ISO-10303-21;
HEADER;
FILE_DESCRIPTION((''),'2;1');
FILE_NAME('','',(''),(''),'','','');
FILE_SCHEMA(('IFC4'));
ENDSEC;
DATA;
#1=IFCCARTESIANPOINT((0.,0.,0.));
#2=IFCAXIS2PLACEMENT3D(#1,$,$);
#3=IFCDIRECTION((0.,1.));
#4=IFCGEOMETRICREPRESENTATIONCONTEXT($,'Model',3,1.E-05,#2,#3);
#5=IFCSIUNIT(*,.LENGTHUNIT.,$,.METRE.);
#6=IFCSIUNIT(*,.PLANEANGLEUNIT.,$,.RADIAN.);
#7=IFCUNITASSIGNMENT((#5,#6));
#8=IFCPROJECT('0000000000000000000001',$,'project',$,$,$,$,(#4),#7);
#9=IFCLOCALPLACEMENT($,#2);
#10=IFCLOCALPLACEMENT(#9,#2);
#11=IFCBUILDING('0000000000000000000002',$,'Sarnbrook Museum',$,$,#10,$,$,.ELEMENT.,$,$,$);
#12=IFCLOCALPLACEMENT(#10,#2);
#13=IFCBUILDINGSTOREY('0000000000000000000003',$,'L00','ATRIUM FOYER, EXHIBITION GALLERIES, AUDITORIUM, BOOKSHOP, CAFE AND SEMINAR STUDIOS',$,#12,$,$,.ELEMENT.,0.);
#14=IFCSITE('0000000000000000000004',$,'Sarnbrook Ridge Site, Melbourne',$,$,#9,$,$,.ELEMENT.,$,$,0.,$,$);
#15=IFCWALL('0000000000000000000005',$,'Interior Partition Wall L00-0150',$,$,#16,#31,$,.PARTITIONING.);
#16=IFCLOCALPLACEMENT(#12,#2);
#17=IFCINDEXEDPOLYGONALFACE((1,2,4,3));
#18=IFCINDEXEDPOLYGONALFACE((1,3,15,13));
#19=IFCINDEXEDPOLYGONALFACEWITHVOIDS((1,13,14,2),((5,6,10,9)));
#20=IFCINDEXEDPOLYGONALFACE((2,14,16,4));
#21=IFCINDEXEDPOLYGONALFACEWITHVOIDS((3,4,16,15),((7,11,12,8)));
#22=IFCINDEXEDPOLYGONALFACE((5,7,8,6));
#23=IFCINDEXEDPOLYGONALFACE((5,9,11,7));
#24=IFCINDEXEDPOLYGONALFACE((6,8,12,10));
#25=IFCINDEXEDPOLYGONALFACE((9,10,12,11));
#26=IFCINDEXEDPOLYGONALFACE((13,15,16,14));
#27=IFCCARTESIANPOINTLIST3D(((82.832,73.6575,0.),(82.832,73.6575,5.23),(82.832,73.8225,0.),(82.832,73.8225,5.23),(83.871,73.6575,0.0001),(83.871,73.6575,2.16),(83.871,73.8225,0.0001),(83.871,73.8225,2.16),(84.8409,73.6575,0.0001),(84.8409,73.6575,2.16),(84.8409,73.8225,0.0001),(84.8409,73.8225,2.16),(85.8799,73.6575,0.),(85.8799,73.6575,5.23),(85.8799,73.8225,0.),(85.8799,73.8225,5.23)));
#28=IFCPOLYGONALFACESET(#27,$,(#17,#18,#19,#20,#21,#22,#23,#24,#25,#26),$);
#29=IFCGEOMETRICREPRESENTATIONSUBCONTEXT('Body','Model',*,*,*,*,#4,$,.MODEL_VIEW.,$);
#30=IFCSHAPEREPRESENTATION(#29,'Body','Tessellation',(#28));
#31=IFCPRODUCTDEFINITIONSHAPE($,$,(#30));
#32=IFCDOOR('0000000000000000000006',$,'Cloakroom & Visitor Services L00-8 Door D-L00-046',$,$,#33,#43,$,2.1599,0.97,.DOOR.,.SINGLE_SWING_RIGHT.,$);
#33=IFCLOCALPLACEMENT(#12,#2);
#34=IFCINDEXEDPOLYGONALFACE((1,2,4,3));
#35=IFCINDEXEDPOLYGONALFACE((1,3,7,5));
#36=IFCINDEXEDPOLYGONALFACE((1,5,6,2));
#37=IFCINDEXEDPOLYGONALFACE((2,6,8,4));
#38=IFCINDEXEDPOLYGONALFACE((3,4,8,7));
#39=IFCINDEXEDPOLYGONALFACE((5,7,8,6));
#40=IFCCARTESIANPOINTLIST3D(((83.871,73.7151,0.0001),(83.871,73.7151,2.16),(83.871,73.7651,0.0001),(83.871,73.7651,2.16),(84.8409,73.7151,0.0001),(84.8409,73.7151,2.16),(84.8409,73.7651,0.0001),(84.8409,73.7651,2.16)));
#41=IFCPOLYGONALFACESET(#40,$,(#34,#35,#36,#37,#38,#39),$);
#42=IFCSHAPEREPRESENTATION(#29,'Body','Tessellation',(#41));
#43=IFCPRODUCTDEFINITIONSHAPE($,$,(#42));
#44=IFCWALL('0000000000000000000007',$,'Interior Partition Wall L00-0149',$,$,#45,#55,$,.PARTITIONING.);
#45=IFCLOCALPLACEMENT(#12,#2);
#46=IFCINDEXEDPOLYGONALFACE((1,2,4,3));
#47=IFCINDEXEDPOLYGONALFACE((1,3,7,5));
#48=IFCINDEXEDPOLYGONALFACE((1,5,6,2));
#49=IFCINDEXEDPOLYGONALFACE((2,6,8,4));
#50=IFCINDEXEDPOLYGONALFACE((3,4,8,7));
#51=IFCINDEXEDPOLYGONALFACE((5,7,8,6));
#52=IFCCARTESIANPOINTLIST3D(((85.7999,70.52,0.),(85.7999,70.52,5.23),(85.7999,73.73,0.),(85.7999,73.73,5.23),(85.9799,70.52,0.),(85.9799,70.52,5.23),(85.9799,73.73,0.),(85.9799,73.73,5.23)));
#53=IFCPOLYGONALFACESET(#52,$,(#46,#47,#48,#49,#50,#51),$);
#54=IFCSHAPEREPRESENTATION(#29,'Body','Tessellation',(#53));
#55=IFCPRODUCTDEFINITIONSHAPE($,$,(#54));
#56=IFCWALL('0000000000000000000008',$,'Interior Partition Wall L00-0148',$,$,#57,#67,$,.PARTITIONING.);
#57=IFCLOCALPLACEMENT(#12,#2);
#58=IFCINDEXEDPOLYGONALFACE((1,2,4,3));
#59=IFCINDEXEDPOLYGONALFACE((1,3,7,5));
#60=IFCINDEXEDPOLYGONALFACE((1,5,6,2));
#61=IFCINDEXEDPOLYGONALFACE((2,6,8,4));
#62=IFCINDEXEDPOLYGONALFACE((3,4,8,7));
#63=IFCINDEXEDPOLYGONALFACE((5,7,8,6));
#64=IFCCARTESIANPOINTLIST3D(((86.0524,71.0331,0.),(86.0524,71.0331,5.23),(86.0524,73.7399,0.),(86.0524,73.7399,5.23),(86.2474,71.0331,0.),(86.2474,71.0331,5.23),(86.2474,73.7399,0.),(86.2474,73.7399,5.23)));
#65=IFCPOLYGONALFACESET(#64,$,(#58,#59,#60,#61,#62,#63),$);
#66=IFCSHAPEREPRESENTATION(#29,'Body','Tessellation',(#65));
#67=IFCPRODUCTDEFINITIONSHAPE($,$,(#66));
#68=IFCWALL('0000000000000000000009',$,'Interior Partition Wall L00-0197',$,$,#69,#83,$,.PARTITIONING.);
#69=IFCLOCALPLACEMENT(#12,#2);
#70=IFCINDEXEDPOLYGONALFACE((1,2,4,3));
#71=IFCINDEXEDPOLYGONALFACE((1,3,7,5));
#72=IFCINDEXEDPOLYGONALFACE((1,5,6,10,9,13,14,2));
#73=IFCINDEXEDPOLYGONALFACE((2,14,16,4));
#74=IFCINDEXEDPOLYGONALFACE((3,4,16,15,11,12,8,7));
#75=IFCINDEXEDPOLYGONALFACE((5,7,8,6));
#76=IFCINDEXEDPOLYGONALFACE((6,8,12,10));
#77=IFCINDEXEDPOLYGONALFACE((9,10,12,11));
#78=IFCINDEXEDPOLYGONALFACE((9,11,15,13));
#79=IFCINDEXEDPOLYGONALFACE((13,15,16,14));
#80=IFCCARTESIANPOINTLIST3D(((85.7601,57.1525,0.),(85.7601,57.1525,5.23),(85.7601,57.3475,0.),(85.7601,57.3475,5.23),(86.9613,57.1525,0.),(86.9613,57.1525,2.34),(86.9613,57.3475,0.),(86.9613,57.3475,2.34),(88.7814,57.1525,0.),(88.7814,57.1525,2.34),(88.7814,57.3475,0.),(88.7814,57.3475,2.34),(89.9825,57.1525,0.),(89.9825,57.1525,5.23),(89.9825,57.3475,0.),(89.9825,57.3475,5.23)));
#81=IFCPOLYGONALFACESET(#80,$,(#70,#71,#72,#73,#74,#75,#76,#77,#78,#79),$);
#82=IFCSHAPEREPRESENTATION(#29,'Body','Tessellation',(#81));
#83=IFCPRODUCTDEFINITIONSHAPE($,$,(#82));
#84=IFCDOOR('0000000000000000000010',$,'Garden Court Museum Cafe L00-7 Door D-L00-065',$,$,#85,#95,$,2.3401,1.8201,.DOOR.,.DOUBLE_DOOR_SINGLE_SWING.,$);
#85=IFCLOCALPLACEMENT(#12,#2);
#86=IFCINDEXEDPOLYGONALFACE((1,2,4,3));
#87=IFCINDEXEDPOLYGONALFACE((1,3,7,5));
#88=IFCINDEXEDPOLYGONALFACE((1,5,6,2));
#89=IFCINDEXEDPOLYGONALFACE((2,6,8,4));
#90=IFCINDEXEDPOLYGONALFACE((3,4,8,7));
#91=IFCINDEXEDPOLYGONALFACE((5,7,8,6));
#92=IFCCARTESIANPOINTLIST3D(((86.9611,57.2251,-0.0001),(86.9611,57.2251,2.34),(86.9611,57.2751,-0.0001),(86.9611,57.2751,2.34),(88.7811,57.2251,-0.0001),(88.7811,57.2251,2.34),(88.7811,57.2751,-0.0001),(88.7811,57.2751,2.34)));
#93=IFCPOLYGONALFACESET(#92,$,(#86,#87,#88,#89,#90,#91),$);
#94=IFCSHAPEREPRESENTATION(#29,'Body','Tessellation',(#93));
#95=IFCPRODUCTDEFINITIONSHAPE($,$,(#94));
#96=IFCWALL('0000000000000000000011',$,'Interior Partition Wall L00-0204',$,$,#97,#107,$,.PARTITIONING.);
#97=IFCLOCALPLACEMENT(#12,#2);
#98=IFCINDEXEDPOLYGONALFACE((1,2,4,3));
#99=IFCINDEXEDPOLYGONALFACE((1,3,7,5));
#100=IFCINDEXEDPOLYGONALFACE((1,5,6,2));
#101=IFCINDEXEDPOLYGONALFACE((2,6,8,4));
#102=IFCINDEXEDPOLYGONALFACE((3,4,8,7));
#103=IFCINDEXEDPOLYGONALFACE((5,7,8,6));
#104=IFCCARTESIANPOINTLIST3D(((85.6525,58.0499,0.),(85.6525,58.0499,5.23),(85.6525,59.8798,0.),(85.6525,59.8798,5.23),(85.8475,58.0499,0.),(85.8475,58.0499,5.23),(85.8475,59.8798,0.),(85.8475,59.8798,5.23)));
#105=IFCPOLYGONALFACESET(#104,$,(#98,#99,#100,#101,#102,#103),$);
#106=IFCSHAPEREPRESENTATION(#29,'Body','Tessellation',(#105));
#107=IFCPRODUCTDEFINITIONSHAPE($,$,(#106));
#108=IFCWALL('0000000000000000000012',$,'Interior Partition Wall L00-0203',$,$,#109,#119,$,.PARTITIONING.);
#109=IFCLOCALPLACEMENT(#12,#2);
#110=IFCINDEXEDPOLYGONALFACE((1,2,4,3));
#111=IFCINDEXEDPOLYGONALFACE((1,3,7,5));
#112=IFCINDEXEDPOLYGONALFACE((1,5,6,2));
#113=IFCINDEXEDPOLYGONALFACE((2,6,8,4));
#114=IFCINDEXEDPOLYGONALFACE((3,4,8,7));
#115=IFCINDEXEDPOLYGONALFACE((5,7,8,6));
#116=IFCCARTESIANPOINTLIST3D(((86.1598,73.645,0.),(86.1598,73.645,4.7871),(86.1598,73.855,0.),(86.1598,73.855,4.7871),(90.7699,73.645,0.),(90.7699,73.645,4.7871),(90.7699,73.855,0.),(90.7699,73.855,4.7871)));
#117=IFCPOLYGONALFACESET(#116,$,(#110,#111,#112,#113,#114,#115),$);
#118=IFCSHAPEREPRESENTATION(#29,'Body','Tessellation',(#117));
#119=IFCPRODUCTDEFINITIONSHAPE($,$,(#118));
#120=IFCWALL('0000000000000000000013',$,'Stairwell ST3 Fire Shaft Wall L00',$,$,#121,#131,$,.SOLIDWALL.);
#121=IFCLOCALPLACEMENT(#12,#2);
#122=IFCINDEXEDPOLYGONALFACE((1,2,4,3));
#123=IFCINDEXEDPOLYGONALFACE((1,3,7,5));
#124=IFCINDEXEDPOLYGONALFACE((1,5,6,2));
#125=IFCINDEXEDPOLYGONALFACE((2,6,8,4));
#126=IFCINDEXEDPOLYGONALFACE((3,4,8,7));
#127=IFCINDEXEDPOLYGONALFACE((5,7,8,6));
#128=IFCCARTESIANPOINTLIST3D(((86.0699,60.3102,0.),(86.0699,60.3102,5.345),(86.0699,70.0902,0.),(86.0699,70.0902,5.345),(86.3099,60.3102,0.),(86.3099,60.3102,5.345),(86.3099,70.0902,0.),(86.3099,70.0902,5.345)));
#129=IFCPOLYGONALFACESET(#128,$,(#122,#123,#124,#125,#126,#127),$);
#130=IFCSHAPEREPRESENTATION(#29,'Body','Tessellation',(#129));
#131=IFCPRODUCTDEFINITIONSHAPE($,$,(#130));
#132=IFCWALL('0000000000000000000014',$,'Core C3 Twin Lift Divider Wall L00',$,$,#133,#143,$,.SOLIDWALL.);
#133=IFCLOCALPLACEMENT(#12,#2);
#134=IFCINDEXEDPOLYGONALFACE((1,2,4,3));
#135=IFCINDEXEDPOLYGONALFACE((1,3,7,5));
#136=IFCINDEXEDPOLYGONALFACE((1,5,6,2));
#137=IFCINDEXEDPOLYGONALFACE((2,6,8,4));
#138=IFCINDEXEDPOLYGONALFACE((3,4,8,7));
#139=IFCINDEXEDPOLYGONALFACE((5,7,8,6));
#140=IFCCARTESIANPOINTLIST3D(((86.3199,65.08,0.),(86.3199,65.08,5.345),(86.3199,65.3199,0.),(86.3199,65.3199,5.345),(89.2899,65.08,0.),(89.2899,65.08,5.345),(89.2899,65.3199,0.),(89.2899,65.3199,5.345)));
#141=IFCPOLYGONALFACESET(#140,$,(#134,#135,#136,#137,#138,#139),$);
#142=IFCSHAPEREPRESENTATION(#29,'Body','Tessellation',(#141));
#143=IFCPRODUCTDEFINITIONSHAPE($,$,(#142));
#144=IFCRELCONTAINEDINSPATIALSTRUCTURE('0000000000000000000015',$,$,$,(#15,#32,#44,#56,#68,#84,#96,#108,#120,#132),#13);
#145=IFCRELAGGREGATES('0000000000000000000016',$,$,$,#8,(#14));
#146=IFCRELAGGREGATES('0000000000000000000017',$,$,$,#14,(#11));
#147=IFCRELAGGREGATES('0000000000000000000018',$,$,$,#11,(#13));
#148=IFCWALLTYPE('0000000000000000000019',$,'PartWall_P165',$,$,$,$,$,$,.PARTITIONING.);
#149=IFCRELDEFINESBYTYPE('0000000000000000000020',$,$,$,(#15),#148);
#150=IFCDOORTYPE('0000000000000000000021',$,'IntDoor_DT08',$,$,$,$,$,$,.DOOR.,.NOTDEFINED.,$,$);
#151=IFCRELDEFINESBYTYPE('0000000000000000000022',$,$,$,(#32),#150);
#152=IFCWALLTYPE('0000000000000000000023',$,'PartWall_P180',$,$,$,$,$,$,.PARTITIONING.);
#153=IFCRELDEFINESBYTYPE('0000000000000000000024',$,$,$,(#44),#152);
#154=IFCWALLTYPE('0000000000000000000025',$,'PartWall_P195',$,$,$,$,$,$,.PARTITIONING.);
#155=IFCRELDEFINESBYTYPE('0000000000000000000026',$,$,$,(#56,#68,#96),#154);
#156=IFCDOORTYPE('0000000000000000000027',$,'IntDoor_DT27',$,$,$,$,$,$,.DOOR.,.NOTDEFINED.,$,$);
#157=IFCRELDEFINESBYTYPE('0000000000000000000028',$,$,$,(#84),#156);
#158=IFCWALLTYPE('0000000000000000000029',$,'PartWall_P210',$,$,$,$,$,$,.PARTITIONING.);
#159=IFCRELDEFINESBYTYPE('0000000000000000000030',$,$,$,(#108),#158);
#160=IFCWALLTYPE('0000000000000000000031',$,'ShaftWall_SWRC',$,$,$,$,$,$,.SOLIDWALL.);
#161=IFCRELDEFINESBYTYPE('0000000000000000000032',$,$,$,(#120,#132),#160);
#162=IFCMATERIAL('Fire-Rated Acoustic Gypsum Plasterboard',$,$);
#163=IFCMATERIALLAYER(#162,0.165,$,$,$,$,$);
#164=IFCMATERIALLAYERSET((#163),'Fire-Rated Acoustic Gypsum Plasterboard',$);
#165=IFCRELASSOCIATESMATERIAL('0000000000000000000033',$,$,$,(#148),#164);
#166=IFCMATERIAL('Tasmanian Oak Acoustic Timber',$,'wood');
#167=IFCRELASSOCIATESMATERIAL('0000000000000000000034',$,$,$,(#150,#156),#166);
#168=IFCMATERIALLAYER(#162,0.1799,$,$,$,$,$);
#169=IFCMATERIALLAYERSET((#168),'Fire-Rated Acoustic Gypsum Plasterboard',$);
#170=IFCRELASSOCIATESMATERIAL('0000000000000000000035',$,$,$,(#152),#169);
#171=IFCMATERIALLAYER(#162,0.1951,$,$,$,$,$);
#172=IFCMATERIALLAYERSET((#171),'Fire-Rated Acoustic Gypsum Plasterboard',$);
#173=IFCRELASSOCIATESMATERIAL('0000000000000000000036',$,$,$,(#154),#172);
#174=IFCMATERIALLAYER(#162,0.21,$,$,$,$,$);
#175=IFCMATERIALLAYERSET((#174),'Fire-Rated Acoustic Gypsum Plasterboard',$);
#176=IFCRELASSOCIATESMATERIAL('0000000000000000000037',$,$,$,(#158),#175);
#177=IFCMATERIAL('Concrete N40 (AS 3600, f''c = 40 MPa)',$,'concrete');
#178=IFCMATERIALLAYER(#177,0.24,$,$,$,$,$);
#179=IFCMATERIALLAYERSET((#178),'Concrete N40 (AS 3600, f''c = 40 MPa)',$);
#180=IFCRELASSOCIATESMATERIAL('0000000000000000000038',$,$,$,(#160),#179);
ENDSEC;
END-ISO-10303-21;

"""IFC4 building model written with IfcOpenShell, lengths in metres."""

from ifc_helpers import new_model, si_unit, direction, frame, frame_2d, origin, place, context, subcontext, project, spatial, rectangle, extrude, material, layer, layer_set, type_object, element, fill, save


model = new_model("IFC4")

# Units and contexts
model_context = context("Model", 3, precision=1e-05, world=origin(), true_north=direction((0.0, 1.0)))
body_context = subcontext(model_context, "Body", "Model", "MODEL_VIEW")
ifc_project = project(units=[si_unit("LENGTHUNIT", "METRE"), si_unit("PLANEANGLEUNIT", "RADIAN")], contexts=[model_context])

# Site, building, storey
site_placement = place(None, origin())
site = spatial("IfcSite", under=ifc_project, at=site_placement, Name="Sarnbrook Ridge Site, Melbourne", CompositionType="ELEMENT", RefElevation=0.0)
building_placement = place(site_placement, origin())
building = spatial("IfcBuilding", under=site, at=building_placement, Name="Sarnbrook Museum", CompositionType="ELEMENT")
storey_placement = place(building_placement, origin())
storey = spatial("IfcBuildingStorey", under=building, at=storey_placement, Name="L00", Description="ATRIUM FOYER, EXHIBITION GALLERIES, AUDITORIUM, BOOKSHOP, CAFE AND SEMINAR STUDIOS", CompositionType="ELEMENT", Elevation=0.0)

# Shared definitions
ifc_material_1 = material(Name="Tasmanian Oak Acoustic Timber", Category="wood")

# Wall, opening, door
ifc_material_2 = material(Name="Fire-Rated Acoustic Gypsum Plasterboard")
ifc_layer_1 = layer(ifc_material_2, 0.165)
ifc_layer_set_1 = layer_set([ifc_layer_1], Name="Fire-Rated Acoustic Gypsum Plasterboard")
wall_type_1 = type_object("IfcWallType", Name="PartWall_P165", PredefinedType="PARTITIONING", material=ifc_layer_set_1)
wall_1_placement = place(storey_placement, frame((85.8799, 73.74, 0.0), z_axis=(0.0, 0.0, 1.0), x_axis=(-1.0, 0.0, 0.0)))
wall_1 = element("IfcWall", 1, at=wall_1_placement, inside=storey, type_object=wall_type_1, Name="Interior Partition Wall L00-0150", PredefinedType="PARTITIONING", context=body_context, shape_type="SweptSolid", body=[
    extrude(rectangle(XDim=3.0479, YDim=0.165, at=frame_2d((1.5239, 0.0))), origin(), (0.0, 0.0, 1.0), 5.23),
])
opening_1_placement = place(wall_1_placement, frame((1.0391, 0.0, 0.0)))
opening_1 = element("IfcOpeningElement", 2, at=opening_1_placement, cuts=wall_1, PredefinedType="OPENING", context=body_context, shape_type="SweptSolid", body=[
    extrude(rectangle(XDim=0.97, YDim=2.1599, at=frame_2d((0.4849, 1.0801))), frame((0.0, 0.0925, 0.0), z_axis=(0.0, -1.0, 0.0), x_axis=(1.0, 0.0, 0.0)), (0.0, 0.0, 1.0), 0.1851),
])
door_type_1 = type_object("IfcDoorType", Name="IntDoor_DT08", OperationType="NOTDEFINED", PredefinedType="DOOR", material=ifc_material_1)
door_1_placement = place(opening_1_placement, origin())
door_1 = element("IfcDoor", 3, at=door_1_placement, inside=storey, type_object=door_type_1, Name="Cloakroom & Visitor Services L00-8 Door D-L00-046", OperationType="SINGLE_SWING_RIGHT", OverallHeight=2.1599, OverallWidth=0.97, PredefinedType="DOOR", context=body_context, shape_type="SweptSolid", body=[
    extrude(rectangle(XDim=0.97, YDim=2.1599, at=frame_2d((0.4849, 1.0801))), frame((0.0, 0.0249, 0.0), z_axis=(0.0, -1.0, 0.0), x_axis=(1.0, 0.0, 0.0)), (0.0, 0.0, 1.0), 0.05),
])
fill(opening_1, door_1)

# Walls
ifc_layer_2 = layer(ifc_material_2, 0.1799)
ifc_layer_set_2 = layer_set([ifc_layer_2], Name="Fire-Rated Acoustic Gypsum Plasterboard")
wall_type_2 = type_object("IfcWallType", Name="PartWall_P180", PredefinedType="PARTITIONING", material=ifc_layer_set_2)
wall_2_placement = place(storey_placement, frame((85.8899, 70.52, 0.0), z_axis=(0.0, 0.0, 1.0), x_axis=(0.0, 1.0, 0.0)))
element("IfcWall", 4, at=wall_2_placement, inside=storey, type_object=wall_type_2, Name="Interior Partition Wall L00-0149", PredefinedType="PARTITIONING", context=body_context, shape_type="SweptSolid", body=[
    extrude(rectangle(XDim=3.21, YDim=0.1799, at=frame_2d((1.605, 0.0))), origin(), (0.0, 0.0, 1.0), 5.23),
])
ifc_layer_3 = layer(ifc_material_2, 0.1951)
ifc_layer_set_3 = layer_set([ifc_layer_3], Name="Fire-Rated Acoustic Gypsum Plasterboard")
wall_type_3 = type_object("IfcWallType", Name="PartWall_P195", PredefinedType="PARTITIONING", material=ifc_layer_set_3)
wall_3_placement = place(storey_placement, frame((86.1499, 73.74, 0.0), z_axis=(0.0, 0.0, 1.0), x_axis=(0.0, -1.0, 0.0)))
element("IfcWall", 5, at=wall_3_placement, inside=storey, type_object=wall_type_3, Name="Interior Partition Wall L00-0148", PredefinedType="PARTITIONING", context=body_context, shape_type="SweptSolid", body=[
    extrude(rectangle(XDim=2.7068, YDim=0.1951, at=frame_2d((1.3535, 0.0))), origin(), (0.0, 0.0, 1.0), 5.23),
])

# Wall, opening, door
wall_4_placement = place(storey_placement, frame((85.76, 57.25, 0.0), z_axis=(0.0, 0.0, 1.0), x_axis=(1.0, 0.0, 0.0)))
wall_4 = element("IfcWall", 6, at=wall_4_placement, inside=storey, type_object=wall_type_3, Name="Interior Partition Wall L00-0197", PredefinedType="PARTITIONING", context=body_context, shape_type="SweptSolid", body=[
    extrude(rectangle(XDim=4.2224, YDim=0.1951, at=frame_2d((2.1113, 0.0))), origin(), (0.0, 0.0, 1.0), 5.23),
])
opening_2_placement = place(wall_4_placement, frame((1.2012, 0.0, 0.0)))
opening_2 = element("IfcOpeningElement", 7, at=opening_2_placement, cuts=wall_4, PredefinedType="OPENING", context=body_context, shape_type="SweptSolid", body=[
    extrude(rectangle(XDim=1.8201, YDim=2.3401, at=frame_2d((0.9102, 1.1699))), frame((0.0, 0.1074, 0.0), z_axis=(0.0, -1.0, 0.0), x_axis=(1.0, 0.0, 0.0)), (0.0, 0.0, 1.0), 0.2151),
])
door_type_2 = type_object("IfcDoorType", Name="IntDoor_DT27", OperationType="NOTDEFINED", PredefinedType="DOOR", material=ifc_material_1)
door_2_placement = place(opening_2_placement, frame((1.8201, 0.0, 0.0), z_axis=(0.0, 0.0, 1.0), x_axis=(-1.0, 0.0, 0.0)))
door_2 = element("IfcDoor", 8, at=door_2_placement, inside=storey, type_object=door_type_2, Name="Garden Court Museum Cafe L00-7 Door D-L00-065", OperationType="DOUBLE_DOOR_SINGLE_SWING", OverallHeight=2.3401, OverallWidth=1.8201, PredefinedType="DOOR", context=body_context, shape_type="SweptSolid", body=[
    extrude(rectangle(XDim=1.8201, YDim=2.3401, at=frame_2d((0.9102, 1.1699))), frame((0.0, 0.0249, 0.0), z_axis=(0.0, -1.0, 0.0), x_axis=(1.0, 0.0, 0.0)), (0.0, 0.0, 1.0), 0.05),
])
fill(opening_2, door_2)

# Walls
wall_5_placement = place(storey_placement, frame((85.75, 59.8799, 0.0), z_axis=(0.0, 0.0, 1.0), x_axis=(0.0, -1.0, 0.0)))
element("IfcWall", 9, at=wall_5_placement, inside=storey, type_object=wall_type_3, Name="Interior Partition Wall L00-0204", PredefinedType="PARTITIONING", context=body_context, shape_type="SweptSolid", body=[
    extrude(rectangle(XDim=1.8298, YDim=0.1951, at=frame_2d((0.915, 0.0))), origin(), (0.0, 0.0, 1.0), 5.23),
])
ifc_layer_4 = layer(ifc_material_2, 0.21)
ifc_layer_set_4 = layer_set([ifc_layer_4], Name="Fire-Rated Acoustic Gypsum Plasterboard")
wall_type_4 = type_object("IfcWallType", Name="PartWall_P210", PredefinedType="PARTITIONING", material=ifc_layer_set_4)
wall_6_placement = place(storey_placement, frame((90.77, 73.75, 0.0), z_axis=(0.0, 0.0, 1.0), x_axis=(-1.0, 0.0, 0.0)))
element("IfcWall", 10, at=wall_6_placement, inside=storey, type_object=wall_type_4, Name="Interior Partition Wall L00-0203", PredefinedType="PARTITIONING", context=body_context, shape_type="SweptSolid", body=[
    extrude(rectangle(XDim=4.6101, YDim=0.21, at=frame_2d((2.3052, 0.0))), origin(), (0.0, 0.0, 1.0), 4.7871),
])
ifc_material_3 = material(Name="Concrete N40 (AS 3600, f'c = 40 MPa)", Category="concrete")
ifc_layer_5 = layer(ifc_material_3, 0.24)
ifc_layer_set_5 = layer_set([ifc_layer_5], Name="Concrete N40 (AS 3600, f'c = 40 MPa)")
wall_type_5 = type_object("IfcWallType", Name="ShaftWall_SWRC", PredefinedType="SOLIDWALL", material=ifc_layer_set_5)
wall_7_placement = place(storey_placement, frame((86.1899, 60.3101, 0.0), z_axis=(0.0, 0.0, 1.0), x_axis=(0.0, 1.0, 0.0)))
element("IfcWall", 11, at=wall_7_placement, inside=storey, type_object=wall_type_5, Name="Stairwell ST3 Fire Shaft Wall L00", PredefinedType="SOLIDWALL", context=body_context, shape_type="SweptSolid", body=[
    extrude(rectangle(XDim=9.78, YDim=0.24, at=frame_2d((4.8901, 0.0))), origin(), (0.0, 0.0, 1.0), 5.345),
])
wall_8_placement = place(storey_placement, frame((86.3201, 65.2, 0.0), z_axis=(0.0, 0.0, 1.0), x_axis=(1.0, 0.0, 0.0)))
element("IfcWall", 12, at=wall_8_placement, inside=storey, type_object=wall_type_5, Name="Core C3 Twin Lift Divider Wall L00", PredefinedType="SOLIDWALL", context=body_context, shape_type="SweptSolid", body=[
    extrude(rectangle(XDim=2.97, YDim=0.24, at=frame_2d((1.4849, 0.0))), origin(), (0.0, 0.0, 1.0), 5.345),
])

save(model, "model.ifc")
